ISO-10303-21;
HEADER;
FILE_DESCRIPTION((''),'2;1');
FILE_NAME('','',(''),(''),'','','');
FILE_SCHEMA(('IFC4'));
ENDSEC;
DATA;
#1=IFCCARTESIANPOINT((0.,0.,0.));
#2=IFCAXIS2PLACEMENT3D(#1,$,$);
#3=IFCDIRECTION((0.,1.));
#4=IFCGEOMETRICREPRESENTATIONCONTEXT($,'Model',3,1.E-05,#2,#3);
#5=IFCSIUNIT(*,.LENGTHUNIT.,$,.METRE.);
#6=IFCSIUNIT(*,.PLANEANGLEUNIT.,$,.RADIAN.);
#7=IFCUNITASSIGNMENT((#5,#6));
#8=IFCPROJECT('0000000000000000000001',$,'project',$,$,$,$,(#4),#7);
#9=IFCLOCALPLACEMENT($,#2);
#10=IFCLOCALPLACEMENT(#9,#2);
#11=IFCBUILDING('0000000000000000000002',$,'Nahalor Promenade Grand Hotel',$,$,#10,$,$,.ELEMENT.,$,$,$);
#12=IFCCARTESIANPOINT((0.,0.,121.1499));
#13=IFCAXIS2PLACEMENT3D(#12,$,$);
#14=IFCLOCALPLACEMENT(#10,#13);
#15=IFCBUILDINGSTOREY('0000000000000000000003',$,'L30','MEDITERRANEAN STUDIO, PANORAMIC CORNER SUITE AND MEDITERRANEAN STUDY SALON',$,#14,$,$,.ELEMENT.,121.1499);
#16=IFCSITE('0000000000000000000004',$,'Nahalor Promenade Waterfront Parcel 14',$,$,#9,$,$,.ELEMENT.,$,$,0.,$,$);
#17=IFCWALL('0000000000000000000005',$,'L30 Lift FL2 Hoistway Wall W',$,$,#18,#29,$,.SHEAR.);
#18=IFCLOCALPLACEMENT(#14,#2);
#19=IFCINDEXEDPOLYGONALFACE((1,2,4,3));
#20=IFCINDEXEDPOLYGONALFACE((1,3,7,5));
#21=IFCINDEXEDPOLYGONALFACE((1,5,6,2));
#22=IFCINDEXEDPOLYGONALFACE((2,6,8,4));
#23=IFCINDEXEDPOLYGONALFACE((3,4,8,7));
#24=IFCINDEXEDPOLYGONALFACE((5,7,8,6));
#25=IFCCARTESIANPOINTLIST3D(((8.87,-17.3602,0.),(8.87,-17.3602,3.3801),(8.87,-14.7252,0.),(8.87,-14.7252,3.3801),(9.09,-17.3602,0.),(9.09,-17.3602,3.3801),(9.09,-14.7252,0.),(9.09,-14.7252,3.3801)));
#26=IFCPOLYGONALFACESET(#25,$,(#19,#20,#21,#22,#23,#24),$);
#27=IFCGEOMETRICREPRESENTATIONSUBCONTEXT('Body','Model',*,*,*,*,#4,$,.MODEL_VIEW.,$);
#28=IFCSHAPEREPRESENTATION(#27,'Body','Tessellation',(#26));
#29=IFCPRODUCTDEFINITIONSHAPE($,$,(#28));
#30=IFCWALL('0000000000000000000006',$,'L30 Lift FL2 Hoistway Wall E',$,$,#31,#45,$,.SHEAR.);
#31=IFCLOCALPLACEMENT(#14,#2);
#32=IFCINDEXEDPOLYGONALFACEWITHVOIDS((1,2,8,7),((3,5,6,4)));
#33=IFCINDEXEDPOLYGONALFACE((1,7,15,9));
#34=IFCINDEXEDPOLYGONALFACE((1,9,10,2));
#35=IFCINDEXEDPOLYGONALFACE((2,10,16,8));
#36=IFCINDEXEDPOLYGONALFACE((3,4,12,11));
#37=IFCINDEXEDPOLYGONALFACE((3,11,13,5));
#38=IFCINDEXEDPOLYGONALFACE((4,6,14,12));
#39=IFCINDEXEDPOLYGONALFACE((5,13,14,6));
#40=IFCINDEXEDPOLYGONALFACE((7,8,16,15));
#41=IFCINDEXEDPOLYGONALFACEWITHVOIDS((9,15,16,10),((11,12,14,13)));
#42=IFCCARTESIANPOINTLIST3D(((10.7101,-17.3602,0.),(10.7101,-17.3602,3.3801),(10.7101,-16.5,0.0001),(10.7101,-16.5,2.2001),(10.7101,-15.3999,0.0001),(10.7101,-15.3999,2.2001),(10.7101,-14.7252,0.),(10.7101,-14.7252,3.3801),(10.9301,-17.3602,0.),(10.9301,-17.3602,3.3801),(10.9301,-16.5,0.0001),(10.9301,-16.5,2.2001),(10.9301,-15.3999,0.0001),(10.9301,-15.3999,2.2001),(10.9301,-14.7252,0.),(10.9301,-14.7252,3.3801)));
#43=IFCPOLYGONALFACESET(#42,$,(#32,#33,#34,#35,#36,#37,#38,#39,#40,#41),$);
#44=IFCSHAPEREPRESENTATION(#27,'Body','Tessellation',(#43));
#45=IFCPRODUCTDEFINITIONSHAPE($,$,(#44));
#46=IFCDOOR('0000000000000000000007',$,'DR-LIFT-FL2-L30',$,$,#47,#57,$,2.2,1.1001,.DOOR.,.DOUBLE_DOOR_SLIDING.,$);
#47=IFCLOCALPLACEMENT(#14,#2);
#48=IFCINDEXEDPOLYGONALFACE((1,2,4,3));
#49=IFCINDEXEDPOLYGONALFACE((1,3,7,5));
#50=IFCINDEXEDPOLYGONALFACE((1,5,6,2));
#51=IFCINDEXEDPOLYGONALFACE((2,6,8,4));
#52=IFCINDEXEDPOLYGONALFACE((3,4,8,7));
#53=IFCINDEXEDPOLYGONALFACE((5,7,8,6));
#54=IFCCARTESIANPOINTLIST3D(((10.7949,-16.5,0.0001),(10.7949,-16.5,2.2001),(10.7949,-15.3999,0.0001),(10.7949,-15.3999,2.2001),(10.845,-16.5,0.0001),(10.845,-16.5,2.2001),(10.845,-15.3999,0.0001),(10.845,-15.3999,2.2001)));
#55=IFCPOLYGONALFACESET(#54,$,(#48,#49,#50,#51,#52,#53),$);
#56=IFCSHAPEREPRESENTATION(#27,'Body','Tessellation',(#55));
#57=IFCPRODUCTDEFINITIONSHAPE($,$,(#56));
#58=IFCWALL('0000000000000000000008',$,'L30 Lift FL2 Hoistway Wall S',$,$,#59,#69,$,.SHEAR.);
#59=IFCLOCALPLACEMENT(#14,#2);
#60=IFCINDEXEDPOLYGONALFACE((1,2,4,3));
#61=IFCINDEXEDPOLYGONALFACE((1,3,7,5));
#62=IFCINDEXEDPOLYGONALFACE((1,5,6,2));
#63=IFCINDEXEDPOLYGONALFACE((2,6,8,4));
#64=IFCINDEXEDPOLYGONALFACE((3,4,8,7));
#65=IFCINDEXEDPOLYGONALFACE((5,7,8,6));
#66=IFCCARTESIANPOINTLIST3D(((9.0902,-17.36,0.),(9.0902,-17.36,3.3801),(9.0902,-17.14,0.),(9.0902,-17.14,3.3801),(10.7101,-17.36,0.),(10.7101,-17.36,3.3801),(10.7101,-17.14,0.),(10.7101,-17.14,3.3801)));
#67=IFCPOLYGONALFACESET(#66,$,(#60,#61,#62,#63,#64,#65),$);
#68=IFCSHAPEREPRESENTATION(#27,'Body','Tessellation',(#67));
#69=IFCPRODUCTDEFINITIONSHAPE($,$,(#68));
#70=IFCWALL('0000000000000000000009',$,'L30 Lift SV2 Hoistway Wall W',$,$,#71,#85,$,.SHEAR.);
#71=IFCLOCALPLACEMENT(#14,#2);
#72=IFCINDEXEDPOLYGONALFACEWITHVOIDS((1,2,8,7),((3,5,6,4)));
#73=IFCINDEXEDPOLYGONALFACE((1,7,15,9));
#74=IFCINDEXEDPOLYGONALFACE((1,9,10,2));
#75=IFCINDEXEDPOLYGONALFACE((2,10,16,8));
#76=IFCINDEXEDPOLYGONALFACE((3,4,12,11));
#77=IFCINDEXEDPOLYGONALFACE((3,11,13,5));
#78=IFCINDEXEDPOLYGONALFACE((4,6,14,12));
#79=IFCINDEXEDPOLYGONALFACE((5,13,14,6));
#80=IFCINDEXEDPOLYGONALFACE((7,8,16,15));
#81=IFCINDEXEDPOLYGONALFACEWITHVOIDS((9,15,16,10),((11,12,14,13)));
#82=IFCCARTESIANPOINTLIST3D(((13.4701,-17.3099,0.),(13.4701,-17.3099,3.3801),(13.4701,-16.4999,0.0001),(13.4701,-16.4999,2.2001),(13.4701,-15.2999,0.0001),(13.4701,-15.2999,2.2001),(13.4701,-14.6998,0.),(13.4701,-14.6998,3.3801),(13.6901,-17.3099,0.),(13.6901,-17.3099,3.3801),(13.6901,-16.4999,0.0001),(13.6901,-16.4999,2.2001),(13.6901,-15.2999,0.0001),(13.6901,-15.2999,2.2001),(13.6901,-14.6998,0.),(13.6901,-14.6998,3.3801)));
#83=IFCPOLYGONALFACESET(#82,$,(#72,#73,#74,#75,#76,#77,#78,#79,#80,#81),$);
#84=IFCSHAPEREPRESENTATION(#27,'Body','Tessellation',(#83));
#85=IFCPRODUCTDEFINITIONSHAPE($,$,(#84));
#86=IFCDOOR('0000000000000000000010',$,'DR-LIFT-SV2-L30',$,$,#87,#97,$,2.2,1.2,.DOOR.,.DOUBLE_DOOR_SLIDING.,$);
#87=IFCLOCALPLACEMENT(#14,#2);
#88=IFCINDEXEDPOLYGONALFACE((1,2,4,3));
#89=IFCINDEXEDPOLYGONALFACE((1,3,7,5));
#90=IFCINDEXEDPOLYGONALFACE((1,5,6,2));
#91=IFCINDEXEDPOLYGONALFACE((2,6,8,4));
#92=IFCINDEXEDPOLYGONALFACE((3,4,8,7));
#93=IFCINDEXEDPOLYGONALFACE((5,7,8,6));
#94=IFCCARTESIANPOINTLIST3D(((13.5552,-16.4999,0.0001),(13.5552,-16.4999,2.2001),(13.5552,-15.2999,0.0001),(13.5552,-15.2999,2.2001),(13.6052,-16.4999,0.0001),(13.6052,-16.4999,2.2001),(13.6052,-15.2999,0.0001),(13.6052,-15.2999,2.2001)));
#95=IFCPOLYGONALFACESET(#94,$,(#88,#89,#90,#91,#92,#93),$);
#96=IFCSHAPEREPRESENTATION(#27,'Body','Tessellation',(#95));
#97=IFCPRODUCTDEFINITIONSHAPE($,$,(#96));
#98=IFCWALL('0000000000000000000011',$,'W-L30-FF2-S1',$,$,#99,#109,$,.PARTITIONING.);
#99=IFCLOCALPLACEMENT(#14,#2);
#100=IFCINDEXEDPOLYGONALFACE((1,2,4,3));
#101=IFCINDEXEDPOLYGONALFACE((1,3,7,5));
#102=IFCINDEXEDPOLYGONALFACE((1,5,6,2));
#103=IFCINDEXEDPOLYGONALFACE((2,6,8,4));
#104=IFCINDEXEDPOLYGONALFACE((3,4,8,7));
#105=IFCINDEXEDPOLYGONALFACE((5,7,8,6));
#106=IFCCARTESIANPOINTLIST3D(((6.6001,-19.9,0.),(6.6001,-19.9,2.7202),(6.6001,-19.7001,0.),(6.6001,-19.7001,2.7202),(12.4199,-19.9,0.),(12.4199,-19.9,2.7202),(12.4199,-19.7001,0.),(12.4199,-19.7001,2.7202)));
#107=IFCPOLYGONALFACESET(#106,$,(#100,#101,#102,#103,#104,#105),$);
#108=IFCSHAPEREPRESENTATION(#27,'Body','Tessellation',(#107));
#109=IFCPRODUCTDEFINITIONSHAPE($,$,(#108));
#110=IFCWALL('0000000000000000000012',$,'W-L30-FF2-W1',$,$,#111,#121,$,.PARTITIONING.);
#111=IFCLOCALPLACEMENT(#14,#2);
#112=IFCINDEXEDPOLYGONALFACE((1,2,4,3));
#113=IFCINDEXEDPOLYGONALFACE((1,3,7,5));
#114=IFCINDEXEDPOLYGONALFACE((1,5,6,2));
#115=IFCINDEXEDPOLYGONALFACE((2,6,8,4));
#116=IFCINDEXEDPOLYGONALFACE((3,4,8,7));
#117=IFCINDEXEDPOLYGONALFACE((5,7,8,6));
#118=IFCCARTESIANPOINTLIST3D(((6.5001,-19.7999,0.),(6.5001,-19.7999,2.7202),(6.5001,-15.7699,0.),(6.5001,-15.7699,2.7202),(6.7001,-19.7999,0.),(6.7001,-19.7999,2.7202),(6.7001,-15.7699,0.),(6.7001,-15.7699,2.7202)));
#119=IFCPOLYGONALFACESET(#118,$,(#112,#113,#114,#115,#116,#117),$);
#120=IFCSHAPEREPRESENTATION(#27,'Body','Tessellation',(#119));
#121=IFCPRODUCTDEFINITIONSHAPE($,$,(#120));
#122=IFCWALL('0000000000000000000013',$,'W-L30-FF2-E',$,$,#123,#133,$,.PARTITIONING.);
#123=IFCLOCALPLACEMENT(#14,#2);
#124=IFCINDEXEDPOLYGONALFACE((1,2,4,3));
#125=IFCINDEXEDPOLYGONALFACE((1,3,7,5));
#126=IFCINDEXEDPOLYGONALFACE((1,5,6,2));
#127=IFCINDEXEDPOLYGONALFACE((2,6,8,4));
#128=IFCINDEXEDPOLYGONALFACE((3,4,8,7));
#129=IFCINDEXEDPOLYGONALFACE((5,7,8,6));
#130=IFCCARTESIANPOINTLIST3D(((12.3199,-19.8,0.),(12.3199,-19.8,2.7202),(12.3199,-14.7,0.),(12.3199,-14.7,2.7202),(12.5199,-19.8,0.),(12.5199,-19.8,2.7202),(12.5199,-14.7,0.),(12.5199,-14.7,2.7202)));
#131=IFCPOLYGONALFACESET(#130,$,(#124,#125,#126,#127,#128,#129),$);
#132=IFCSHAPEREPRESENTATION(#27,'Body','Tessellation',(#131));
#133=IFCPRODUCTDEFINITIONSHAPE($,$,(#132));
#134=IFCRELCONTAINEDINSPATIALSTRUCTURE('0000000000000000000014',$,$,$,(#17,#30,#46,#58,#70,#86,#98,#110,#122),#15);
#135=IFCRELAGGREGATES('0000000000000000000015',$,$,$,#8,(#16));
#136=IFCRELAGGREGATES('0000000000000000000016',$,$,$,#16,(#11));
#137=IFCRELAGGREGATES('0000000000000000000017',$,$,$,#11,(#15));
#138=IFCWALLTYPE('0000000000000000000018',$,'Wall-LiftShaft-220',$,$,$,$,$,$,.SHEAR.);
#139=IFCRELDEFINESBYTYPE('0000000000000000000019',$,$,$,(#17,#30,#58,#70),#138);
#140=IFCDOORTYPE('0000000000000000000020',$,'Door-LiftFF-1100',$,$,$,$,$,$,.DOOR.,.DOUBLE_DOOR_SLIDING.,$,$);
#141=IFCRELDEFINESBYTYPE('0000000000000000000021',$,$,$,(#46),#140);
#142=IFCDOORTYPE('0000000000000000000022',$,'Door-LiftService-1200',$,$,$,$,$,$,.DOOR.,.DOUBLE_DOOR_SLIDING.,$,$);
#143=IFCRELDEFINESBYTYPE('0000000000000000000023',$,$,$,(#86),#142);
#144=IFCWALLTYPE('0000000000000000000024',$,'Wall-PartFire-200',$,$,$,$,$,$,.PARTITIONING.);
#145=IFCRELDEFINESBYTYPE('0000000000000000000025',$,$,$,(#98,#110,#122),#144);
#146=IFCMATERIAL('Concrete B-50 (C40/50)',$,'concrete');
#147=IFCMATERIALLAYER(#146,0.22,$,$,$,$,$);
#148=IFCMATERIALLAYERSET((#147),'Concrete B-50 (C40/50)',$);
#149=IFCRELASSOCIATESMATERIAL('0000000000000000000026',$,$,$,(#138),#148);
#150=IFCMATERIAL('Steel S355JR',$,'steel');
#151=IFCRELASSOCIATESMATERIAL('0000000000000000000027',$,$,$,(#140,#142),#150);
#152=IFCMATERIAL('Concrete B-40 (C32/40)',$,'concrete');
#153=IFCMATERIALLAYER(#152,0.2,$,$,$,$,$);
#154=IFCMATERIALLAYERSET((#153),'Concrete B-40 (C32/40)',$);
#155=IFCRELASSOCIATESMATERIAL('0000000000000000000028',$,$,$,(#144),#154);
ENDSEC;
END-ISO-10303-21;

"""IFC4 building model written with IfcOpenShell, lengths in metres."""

from ifc_helpers import new_model, si_unit, direction, frame, frame_2d, origin, place, context, subcontext, project, spatial, rectangle, extrude, source, transform, mapped, material, layer, layer_set, type_object, element, fill, save


model = new_model("IFC4")

# Units and contexts
model_context = context("Model", 3, precision=1e-05, world=origin(), true_north=direction((0.0, 1.0)))
body_context = subcontext(model_context, "Body", "Model", "MODEL_VIEW")
ifc_project = project(units=[si_unit("LENGTHUNIT", "METRE"), si_unit("PLANEANGLEUNIT", "RADIAN")], contexts=[model_context])

# Site, building, storey
site_placement = place(None, origin())
site = spatial("IfcSite", under=ifc_project, at=site_placement, Name="Nahalor Promenade Waterfront Parcel 14", CompositionType="ELEMENT", RefElevation=0.0)
building_placement = place(site_placement, origin())
building = spatial("IfcBuilding", under=site, at=building_placement, Name="Nahalor Promenade Grand Hotel", CompositionType="ELEMENT")
storey_placement = place(building_placement, frame((0.0, 0.0, 121.1499)))
storey = spatial("IfcBuildingStorey", under=building, at=storey_placement, Name="L30", Description="MEDITERRANEAN STUDIO, PANORAMIC CORNER SUITE AND MEDITERRANEAN STUDY SALON", CompositionType="ELEMENT", Elevation=121.1499)

# Shared definitions
ifc_material_1 = material(Name="Steel S355JR", Category="steel")

# Shared definitions
ifc_material_2 = material(Name="Concrete B-50 (C40/50)", Category="concrete")

# Wall
ifc_layer_1 = layer(ifc_material_2, 0.22)
ifc_layer_set_1 = layer_set([ifc_layer_1], Name="Concrete B-50 (C40/50)")
wall_type_1 = type_object("IfcWallType", Name="Wall-LiftShaft-220", PredefinedType="SHEAR", material=ifc_layer_set_1)
shared_shape_1 = source(origin(), body_context, "Body", "SweptSolid", [
    extrude(rectangle(XDim=2.635, YDim=0.22, at=frame_2d((1.3174, 0.0))), origin(), (0.0, 0.0, 1.0), 3.3801),
])
wall_1_placement = place(storey_placement, frame((8.98, -17.3601, 0.0), z_axis=(0.0, 0.0, 1.0), x_axis=(0.0, 1.0, 0.0)))
element("IfcWall", 1, at=wall_1_placement, inside=storey, type_object=wall_type_1, Name="L30 Lift FL2 Hoistway Wall W", PredefinedType="SHEAR", context=body_context, shape_type="MappedRepresentation", body=[
    mapped(shared_shape_1, transform((0.0, 0.0, 0.0), scale=1.0)),
])

# Wall, opening, door
wall_2_placement = place(storey_placement, frame((10.8201, -17.3601, 0.0), z_axis=(0.0, 0.0, 1.0), x_axis=(0.0, 1.0, 0.0)))
wall_2 = element("IfcWall", 2, at=wall_2_placement, inside=storey, type_object=wall_type_1, Name="L30 Lift FL2 Hoistway Wall E", PredefinedType="SHEAR", context=body_context, shape_type="MappedRepresentation", body=[
    mapped(shared_shape_1, transform((0.0, 0.0, 0.0), scale=1.0)),
])
opening_1_placement = place(wall_2_placement, frame((0.8601, 0.0, 0.0)))
opening_1 = element("IfcOpeningElement", 3, at=opening_1_placement, cuts=wall_2, PredefinedType="OPENING", context=body_context, shape_type="SweptSolid", body=[
    extrude(rectangle(XDim=1.1001, YDim=2.2, at=frame_2d((0.55, 1.1001))), frame((0.0, 0.1199, 0.0), z_axis=(0.0, -1.0, 0.0), x_axis=(1.0, 0.0, 0.0)), (0.0, 0.0, 1.0), 0.24),
])
door_type_1 = type_object("IfcDoorType", Name="Door-LiftFF-1100", OperationType="DOUBLE_DOOR_SLIDING", PredefinedType="DOOR", material=ifc_material_1)
shared_shape_2 = source(origin(), body_context, "Body", "SweptSolid", [
    extrude(rectangle(XDim=1.1001, YDim=2.2, at=frame_2d((0.55, 1.1001))), frame((0.0, 0.0249, 0.0), z_axis=(0.0, -1.0, 0.0), x_axis=(1.0, 0.0, 0.0)), (0.0, 0.0, 1.0), 0.05),
])
door_1_placement = place(opening_1_placement, frame((1.1001, 0.0, 0.0), z_axis=(0.0, 0.0, 1.0), x_axis=(-1.0, 0.0, 0.0)))
door_1 = element("IfcDoor", 4, at=door_1_placement, inside=storey, type_object=door_type_1, Name="DR-LIFT-FL2-L30", OperationType="DOUBLE_DOOR_SLIDING", OverallHeight=2.2, OverallWidth=1.1001, PredefinedType="DOOR", context=body_context, shape_type="MappedRepresentation", body=[
    mapped(shared_shape_2, transform((0.0, 0.0, 0.0), scale=1.0)),
])
fill(opening_1, door_1)

# Wall
shared_shape_3 = source(origin(), body_context, "Body", "SweptSolid", [
    extrude(rectangle(XDim=1.6199, YDim=0.22, at=frame_2d((0.8101, 0.0))), origin(), (0.0, 0.0, 1.0), 3.3801),
])
wall_3_placement = place(storey_placement, frame((9.0901, -17.25, 0.0), z_axis=(0.0, 0.0, 1.0), x_axis=(1.0, 0.0, 0.0)))
element("IfcWall", 5, at=wall_3_placement, inside=storey, type_object=wall_type_1, Name="L30 Lift FL2 Hoistway Wall S", PredefinedType="SHEAR", context=body_context, shape_type="MappedRepresentation", body=[
    mapped(shared_shape_3, transform((0.0, 0.0, 0.0), scale=1.0)),
])

# Wall, opening, door
shared_shape_4 = source(origin(), body_context, "Body", "SweptSolid", [
    extrude(rectangle(XDim=2.6101, YDim=0.22, at=frame_2d((1.3052, 0.0))), origin(), (0.0, 0.0, 1.0), 3.3801),
])
wall_4_placement = place(storey_placement, frame((13.5801, -17.3101, 0.0), z_axis=(0.0, 0.0, 1.0), x_axis=(0.0, 1.0, 0.0)))
wall_4 = element("IfcWall", 6, at=wall_4_placement, inside=storey, type_object=wall_type_1, Name="L30 Lift SV2 Hoistway Wall W", PredefinedType="SHEAR", context=body_context, shape_type="MappedRepresentation", body=[
    mapped(shared_shape_4, transform((0.0, 0.0, 0.0), scale=1.0)),
])
opening_2_placement = place(wall_4_placement, frame((0.8101, 0.0, 0.0)))
opening_2 = element("IfcOpeningElement", 7, at=opening_2_placement, cuts=wall_4, PredefinedType="OPENING", context=body_context, shape_type="SweptSolid", body=[
    extrude(rectangle(XDim=1.2, YDim=2.2, at=frame_2d((0.6001, 1.1001))), frame((0.0, 0.1199, 0.0), z_axis=(0.0, -1.0, 0.0), x_axis=(1.0, 0.0, 0.0)), (0.0, 0.0, 1.0), 0.24),
])
door_type_2 = type_object("IfcDoorType", Name="Door-LiftService-1200", OperationType="DOUBLE_DOOR_SLIDING", PredefinedType="DOOR", material=ifc_material_1)
shared_shape_5 = source(origin(), body_context, "Body", "SweptSolid", [
    extrude(rectangle(XDim=1.2, YDim=2.2, at=frame_2d((0.6001, 1.1001))), frame((0.0, 0.0249, 0.0), z_axis=(0.0, -1.0, 0.0), x_axis=(1.0, 0.0, 0.0)), (0.0, 0.0, 1.0), 0.05),
])
door_2_placement = place(opening_2_placement, origin())
door_2 = element("IfcDoor", 8, at=door_2_placement, inside=storey, type_object=door_type_2, Name="DR-LIFT-SV2-L30", OperationType="DOUBLE_DOOR_SLIDING", OverallHeight=2.2, OverallWidth=1.2, PredefinedType="DOOR", context=body_context, shape_type="MappedRepresentation", body=[
    mapped(shared_shape_5, transform((0.0, 0.0, 0.0), scale=1.0)),
])
fill(opening_2, door_2)

# Walls
ifc_material_3 = material(Name="Concrete B-40 (C32/40)", Category="concrete")
ifc_layer_2 = layer(ifc_material_3, 0.2)
ifc_layer_set_2 = layer_set([ifc_layer_2], Name="Concrete B-40 (C32/40)")
wall_type_2 = type_object("IfcWallType", Name="Wall-PartFire-200", PredefinedType="PARTITIONING", material=ifc_layer_set_2)
shared_shape_6 = source(origin(), body_context, "Body", "SweptSolid", [
    extrude(rectangle(XDim=5.8198, YDim=0.2, at=frame_2d((2.9099, 0.0))), origin(), (0.0, 0.0, 1.0), 2.7202),
])
wall_5_placement = place(storey_placement, frame((6.6001, -19.8, 0.0), z_axis=(0.0, 0.0, 1.0), x_axis=(1.0, 0.0, 0.0)))
element("IfcWall", 9, at=wall_5_placement, inside=storey, type_object=wall_type_2, Name="W-L30-FF2-S1", PredefinedType="PARTITIONING", context=body_context, shape_type="MappedRepresentation", body=[
    mapped(shared_shape_6, transform((0.0, 0.0, 0.0), scale=1.0)),
])
shared_shape_7 = source(origin(), body_context, "Body", "SweptSolid", [
    extrude(rectangle(XDim=4.03, YDim=0.2, at=frame_2d((2.0151, 0.0))), origin(), (0.0, 0.0, 1.0), 2.7202),
])
wall_6_placement = place(storey_placement, frame((6.6001, -19.8, 0.0), z_axis=(0.0, 0.0, 1.0), x_axis=(0.0, 1.0, 0.0)))
element("IfcWall", 10, at=wall_6_placement, inside=storey, type_object=wall_type_2, Name="W-L30-FF2-W1", PredefinedType="PARTITIONING", context=body_context, shape_type="MappedRepresentation", body=[
    mapped(shared_shape_7, transform((0.0, 0.0, 0.0), scale=1.0)),
])
shared_shape_8 = source(origin(), body_context, "Body", "SweptSolid", [
    extrude(rectangle(XDim=5.1001, YDim=0.2, at=frame_2d((2.55, 0.0))), origin(), (0.0, 0.0, 1.0), 2.7202),
])
wall_7_placement = place(storey_placement, frame((12.4199, -19.8, 0.0), z_axis=(0.0, 0.0, 1.0), x_axis=(0.0, 1.0, 0.0)))
element("IfcWall", 11, at=wall_7_placement, inside=storey, type_object=wall_type_2, Name="W-L30-FF2-E", PredefinedType="PARTITIONING", context=body_context, shape_type="MappedRepresentation", body=[
    mapped(shared_shape_8, transform((0.0, 0.0, 0.0), scale=1.0)),
])

save(model, "model.ifc")
